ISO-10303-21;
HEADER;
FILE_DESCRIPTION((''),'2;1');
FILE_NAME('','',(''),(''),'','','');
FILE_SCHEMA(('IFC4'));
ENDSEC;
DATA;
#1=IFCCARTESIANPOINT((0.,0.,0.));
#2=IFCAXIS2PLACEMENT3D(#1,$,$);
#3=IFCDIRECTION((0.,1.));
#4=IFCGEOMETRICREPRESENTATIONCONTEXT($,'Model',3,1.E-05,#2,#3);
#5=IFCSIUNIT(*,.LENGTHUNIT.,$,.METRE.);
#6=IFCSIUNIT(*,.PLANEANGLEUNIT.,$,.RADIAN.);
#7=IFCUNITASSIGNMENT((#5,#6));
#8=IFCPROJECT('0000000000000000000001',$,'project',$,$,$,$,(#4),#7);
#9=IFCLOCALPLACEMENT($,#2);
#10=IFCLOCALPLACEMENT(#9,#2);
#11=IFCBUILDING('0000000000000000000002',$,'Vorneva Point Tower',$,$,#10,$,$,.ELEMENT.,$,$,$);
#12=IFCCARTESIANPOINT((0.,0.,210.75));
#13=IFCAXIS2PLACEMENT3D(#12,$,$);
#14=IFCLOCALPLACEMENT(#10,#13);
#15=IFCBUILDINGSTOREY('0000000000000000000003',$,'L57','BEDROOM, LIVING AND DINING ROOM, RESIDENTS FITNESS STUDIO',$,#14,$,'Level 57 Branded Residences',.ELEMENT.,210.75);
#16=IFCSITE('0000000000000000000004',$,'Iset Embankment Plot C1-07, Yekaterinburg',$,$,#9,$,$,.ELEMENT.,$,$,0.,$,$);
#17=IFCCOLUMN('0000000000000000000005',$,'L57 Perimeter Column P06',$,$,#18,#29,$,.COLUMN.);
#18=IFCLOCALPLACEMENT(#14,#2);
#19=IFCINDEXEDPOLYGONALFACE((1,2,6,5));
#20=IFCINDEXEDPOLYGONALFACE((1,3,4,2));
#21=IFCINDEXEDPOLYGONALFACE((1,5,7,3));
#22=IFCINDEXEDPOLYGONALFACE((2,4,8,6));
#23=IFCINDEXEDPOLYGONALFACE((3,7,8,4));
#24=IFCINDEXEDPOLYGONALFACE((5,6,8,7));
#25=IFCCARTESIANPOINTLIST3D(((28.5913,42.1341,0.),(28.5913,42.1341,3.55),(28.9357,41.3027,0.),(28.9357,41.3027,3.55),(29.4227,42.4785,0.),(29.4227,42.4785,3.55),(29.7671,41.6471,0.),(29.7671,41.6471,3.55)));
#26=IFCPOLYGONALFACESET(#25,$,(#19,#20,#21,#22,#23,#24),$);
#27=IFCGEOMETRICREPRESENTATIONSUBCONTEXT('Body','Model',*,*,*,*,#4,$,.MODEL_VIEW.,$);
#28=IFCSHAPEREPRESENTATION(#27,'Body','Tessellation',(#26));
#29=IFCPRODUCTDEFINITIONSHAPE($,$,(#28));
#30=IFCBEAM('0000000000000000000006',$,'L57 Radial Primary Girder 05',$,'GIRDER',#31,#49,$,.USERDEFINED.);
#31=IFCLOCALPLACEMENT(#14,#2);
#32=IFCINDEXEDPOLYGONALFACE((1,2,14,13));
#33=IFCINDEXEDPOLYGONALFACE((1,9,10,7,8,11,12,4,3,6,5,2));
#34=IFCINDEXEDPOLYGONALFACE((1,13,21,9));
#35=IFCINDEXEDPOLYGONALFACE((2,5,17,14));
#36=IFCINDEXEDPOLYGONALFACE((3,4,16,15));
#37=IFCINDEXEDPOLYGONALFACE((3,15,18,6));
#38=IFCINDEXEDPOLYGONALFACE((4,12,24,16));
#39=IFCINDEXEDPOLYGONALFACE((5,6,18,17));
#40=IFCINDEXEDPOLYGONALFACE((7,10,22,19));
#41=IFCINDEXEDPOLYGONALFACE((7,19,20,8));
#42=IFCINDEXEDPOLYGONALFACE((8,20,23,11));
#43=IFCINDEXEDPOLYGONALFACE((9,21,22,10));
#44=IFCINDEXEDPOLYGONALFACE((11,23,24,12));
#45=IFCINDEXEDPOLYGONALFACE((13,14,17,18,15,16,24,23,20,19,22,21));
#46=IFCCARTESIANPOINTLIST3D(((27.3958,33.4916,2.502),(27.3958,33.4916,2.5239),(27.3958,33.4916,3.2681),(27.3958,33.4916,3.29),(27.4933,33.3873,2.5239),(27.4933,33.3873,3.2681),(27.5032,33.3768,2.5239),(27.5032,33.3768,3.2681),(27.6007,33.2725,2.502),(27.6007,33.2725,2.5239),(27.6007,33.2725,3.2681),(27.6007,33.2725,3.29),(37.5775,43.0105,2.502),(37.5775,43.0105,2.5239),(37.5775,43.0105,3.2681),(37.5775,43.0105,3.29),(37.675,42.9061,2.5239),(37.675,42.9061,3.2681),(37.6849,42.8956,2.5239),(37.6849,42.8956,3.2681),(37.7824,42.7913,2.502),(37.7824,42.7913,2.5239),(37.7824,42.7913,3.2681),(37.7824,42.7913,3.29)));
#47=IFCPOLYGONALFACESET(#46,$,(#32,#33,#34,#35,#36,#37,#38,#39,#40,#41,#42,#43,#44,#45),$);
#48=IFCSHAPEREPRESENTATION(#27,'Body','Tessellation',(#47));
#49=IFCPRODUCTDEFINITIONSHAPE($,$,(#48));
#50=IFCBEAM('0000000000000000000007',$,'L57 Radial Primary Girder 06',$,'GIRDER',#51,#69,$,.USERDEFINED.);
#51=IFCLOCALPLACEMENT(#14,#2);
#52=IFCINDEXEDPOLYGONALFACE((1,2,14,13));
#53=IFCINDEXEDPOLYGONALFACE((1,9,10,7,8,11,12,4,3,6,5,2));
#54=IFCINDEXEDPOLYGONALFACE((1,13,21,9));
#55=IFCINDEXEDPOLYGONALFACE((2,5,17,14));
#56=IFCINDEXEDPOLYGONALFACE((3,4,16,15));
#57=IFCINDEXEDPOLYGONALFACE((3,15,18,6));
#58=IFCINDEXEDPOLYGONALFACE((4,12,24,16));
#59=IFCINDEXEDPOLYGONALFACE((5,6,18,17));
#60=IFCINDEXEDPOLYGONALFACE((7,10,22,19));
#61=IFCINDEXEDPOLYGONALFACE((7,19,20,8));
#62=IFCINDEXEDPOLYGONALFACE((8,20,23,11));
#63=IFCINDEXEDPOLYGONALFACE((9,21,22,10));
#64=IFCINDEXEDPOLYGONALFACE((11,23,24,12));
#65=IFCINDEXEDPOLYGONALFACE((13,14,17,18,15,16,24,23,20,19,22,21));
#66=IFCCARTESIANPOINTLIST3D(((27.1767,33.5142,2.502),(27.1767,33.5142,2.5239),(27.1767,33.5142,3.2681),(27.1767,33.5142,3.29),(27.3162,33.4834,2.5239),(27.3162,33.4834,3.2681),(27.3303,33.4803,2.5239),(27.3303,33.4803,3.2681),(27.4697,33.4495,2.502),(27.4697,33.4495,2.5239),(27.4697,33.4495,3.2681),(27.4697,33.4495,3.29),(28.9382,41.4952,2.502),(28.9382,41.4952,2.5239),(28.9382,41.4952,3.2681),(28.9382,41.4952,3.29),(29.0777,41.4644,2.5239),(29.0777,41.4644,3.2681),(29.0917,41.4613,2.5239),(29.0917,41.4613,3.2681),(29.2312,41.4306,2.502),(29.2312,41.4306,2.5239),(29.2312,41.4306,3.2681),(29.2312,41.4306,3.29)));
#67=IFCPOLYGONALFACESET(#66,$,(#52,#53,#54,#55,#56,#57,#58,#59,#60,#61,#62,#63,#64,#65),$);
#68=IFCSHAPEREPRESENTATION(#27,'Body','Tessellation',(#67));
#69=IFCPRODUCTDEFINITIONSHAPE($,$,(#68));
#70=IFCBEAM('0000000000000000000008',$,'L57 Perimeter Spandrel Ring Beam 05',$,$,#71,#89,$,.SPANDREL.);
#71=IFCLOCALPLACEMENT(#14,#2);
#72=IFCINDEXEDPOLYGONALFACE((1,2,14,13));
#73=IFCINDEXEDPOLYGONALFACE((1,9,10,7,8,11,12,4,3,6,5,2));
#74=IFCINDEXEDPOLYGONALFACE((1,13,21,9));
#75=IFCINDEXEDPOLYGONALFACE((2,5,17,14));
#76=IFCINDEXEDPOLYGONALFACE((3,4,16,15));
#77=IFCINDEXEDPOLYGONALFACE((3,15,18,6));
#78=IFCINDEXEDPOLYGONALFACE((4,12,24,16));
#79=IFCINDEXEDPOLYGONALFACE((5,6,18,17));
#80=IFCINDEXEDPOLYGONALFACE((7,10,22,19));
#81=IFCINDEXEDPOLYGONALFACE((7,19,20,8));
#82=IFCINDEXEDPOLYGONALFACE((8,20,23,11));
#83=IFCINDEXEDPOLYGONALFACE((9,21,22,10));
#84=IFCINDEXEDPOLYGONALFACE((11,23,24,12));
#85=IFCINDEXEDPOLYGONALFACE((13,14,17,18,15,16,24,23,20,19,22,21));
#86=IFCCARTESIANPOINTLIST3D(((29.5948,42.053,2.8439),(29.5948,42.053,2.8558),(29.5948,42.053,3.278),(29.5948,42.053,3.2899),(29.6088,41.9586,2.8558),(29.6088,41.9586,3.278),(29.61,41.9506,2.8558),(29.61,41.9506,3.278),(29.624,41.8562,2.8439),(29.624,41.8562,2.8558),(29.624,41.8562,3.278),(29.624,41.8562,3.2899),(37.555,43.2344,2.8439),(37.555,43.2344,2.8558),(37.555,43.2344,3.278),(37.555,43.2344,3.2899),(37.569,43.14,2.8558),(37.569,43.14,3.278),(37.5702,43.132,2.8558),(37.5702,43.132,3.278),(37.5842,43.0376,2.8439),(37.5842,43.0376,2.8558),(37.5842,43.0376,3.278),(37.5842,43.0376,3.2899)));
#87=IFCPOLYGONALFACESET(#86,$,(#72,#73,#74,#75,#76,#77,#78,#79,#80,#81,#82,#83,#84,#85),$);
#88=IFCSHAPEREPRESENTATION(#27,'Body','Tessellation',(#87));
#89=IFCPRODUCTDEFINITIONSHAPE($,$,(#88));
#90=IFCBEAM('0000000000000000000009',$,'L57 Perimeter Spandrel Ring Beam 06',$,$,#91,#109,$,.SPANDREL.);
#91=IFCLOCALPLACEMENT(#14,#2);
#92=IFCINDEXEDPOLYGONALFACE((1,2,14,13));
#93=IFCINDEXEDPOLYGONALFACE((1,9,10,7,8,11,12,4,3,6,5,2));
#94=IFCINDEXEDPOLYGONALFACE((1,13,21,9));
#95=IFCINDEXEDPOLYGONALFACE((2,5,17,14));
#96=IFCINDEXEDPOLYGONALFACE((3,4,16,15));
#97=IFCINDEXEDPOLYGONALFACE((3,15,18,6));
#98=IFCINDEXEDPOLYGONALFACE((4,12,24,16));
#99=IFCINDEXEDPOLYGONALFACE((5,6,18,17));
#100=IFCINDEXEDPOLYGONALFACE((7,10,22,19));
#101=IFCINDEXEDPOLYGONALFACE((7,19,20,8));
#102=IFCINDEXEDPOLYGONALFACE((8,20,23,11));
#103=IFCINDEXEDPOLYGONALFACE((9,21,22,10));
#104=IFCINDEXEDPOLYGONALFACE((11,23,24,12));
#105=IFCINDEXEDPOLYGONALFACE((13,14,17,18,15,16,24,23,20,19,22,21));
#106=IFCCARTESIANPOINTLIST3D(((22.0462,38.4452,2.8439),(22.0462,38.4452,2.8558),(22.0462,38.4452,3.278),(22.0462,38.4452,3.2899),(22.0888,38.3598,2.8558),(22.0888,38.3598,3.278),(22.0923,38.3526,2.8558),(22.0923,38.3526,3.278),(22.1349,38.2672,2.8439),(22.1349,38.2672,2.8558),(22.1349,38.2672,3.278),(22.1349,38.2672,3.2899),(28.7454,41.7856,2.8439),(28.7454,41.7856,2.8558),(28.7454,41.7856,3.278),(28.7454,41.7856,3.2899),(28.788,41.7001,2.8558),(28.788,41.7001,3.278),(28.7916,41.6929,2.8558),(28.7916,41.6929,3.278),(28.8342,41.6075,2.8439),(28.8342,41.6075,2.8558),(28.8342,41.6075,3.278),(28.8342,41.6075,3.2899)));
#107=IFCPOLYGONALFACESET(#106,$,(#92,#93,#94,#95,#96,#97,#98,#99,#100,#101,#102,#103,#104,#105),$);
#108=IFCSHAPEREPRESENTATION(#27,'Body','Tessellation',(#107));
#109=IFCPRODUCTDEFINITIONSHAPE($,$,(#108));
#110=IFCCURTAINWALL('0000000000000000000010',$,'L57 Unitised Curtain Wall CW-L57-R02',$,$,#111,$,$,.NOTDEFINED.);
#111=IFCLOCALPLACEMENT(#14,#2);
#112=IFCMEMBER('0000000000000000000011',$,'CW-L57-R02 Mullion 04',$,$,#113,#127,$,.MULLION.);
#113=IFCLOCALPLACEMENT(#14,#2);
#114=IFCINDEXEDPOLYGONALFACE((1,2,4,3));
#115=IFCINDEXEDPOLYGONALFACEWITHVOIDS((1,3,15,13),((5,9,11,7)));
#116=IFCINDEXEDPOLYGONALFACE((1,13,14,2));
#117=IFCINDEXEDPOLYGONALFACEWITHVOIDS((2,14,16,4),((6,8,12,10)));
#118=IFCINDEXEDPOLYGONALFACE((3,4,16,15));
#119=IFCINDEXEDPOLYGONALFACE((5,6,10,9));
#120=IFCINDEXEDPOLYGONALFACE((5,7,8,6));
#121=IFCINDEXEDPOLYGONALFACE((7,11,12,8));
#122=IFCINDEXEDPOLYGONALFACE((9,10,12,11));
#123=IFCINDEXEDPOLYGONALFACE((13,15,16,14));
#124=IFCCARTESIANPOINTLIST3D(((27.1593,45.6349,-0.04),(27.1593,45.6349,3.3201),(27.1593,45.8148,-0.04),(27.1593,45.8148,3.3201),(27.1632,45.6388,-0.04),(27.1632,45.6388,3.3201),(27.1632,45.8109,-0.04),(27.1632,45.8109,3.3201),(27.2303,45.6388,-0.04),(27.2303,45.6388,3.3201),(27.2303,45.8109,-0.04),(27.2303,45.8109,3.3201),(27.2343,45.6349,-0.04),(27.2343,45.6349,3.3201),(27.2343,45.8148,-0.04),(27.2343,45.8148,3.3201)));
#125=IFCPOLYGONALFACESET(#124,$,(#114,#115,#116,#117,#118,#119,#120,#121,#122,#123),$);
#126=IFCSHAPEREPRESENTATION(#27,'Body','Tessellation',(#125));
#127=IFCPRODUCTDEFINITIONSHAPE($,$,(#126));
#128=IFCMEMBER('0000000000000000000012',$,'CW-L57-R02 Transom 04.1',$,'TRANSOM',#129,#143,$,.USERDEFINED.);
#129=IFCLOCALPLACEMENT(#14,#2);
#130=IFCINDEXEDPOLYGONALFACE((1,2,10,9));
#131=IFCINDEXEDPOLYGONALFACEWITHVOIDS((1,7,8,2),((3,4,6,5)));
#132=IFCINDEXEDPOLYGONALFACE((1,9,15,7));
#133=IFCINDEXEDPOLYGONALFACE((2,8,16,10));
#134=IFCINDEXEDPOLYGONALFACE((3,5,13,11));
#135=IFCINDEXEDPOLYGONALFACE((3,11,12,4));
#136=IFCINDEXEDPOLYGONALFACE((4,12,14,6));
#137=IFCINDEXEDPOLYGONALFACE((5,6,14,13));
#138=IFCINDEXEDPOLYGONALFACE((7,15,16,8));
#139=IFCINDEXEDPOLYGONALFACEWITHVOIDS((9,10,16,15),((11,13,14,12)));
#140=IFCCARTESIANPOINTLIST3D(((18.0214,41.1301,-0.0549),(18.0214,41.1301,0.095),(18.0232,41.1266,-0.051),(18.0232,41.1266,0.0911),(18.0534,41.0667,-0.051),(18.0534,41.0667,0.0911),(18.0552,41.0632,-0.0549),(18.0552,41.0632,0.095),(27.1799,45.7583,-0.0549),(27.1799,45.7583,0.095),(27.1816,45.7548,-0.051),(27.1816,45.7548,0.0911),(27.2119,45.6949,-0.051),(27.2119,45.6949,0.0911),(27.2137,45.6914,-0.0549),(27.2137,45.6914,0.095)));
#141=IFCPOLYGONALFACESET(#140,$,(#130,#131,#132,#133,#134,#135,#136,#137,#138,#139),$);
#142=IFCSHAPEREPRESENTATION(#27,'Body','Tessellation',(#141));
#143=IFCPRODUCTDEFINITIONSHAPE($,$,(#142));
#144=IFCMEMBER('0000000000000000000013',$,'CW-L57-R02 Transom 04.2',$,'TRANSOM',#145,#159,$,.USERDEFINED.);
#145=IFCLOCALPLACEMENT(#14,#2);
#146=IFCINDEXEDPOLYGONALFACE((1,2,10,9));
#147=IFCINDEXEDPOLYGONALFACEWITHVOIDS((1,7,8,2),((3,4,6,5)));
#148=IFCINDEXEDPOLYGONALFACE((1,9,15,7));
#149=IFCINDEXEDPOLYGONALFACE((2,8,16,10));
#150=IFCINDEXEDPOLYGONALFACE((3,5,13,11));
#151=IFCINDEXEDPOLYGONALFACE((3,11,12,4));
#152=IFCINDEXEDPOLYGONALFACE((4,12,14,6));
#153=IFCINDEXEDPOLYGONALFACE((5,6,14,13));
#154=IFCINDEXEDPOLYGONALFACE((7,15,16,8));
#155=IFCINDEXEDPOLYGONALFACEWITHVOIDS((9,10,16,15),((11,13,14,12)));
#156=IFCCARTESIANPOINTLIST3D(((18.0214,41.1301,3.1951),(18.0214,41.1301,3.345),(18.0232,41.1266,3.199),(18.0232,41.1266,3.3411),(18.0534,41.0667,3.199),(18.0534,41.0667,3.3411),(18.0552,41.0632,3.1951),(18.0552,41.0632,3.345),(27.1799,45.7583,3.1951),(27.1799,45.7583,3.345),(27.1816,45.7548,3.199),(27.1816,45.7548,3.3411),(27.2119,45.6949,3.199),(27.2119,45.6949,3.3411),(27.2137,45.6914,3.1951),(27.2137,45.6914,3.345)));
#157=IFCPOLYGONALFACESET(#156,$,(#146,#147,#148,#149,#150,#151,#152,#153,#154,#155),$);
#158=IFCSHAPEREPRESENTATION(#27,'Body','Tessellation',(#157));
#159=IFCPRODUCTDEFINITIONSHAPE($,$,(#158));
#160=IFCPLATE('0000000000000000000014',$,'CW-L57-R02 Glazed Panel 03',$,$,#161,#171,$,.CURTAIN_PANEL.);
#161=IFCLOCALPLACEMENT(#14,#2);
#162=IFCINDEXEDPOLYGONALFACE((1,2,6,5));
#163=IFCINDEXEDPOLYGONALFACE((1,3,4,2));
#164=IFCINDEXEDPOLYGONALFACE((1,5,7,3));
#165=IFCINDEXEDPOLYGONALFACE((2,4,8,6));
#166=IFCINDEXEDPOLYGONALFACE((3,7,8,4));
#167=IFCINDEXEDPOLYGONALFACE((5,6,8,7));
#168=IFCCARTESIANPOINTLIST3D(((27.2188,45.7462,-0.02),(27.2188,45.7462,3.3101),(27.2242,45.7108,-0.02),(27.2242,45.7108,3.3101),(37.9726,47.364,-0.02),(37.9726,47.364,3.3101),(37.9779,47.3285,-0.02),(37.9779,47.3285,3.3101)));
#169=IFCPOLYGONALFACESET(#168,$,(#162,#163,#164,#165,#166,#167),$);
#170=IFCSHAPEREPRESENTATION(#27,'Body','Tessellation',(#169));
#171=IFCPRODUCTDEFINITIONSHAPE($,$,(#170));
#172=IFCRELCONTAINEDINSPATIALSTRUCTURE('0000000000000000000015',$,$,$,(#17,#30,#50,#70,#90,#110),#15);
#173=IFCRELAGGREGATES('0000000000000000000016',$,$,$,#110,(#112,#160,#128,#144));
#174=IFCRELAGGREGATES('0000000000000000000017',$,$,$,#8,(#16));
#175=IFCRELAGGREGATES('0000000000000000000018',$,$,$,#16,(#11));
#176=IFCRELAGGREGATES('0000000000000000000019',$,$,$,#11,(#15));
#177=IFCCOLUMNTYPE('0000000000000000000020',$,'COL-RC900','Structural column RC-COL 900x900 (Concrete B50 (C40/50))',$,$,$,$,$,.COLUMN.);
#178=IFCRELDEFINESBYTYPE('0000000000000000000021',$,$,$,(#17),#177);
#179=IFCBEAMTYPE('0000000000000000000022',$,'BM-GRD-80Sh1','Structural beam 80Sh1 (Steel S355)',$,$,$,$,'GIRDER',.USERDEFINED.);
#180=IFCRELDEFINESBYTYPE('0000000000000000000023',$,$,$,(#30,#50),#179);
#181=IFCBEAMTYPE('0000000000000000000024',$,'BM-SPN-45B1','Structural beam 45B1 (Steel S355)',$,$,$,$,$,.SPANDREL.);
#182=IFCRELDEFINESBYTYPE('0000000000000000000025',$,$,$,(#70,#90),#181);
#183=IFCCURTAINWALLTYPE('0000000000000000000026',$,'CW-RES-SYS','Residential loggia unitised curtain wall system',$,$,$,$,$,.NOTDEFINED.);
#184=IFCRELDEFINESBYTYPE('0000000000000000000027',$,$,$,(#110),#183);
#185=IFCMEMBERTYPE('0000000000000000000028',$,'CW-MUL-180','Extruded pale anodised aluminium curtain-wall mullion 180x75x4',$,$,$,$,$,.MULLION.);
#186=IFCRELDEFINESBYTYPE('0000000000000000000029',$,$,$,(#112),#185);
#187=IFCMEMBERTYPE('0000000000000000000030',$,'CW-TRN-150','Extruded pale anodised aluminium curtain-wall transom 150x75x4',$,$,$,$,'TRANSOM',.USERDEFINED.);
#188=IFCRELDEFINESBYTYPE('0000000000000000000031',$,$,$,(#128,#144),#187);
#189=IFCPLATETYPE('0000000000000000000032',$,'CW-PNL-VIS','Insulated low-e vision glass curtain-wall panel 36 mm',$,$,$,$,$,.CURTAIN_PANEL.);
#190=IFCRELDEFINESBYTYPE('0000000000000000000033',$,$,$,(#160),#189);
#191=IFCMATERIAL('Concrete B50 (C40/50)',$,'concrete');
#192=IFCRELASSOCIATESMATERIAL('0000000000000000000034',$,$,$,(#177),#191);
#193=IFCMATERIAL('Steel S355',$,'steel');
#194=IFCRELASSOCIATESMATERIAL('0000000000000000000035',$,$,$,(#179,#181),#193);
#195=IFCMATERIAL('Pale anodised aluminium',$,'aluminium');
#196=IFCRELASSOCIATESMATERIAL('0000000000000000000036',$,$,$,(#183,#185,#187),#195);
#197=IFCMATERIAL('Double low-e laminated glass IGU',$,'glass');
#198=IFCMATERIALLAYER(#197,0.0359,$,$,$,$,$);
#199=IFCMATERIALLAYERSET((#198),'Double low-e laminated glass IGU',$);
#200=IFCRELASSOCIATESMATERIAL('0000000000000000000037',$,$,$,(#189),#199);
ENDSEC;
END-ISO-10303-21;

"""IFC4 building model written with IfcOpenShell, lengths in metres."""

from ifc_helpers import new_model, si_unit, direction, frame, origin, origin_2d, place, context, subcontext, project, spatial, rectangle, hollow_rectangle, i_section, extrude, material, layer, layer_set, material_profile, profile_set, type_object, element, aggregate, save


model = new_model("IFC4")

# Units and contexts
model_context = context("Model", 3, precision=1e-05, world=origin(), true_north=direction((0.0, 1.0)))
body_context = subcontext(model_context, "Body", "Model", "MODEL_VIEW")
ifc_project = project(units=[si_unit("LENGTHUNIT", "METRE"), si_unit("PLANEANGLEUNIT", "RADIAN")], contexts=[model_context])

# Site, building, storey
site_placement = place(None, origin())
site = spatial("IfcSite", under=ifc_project, at=site_placement, Name="Iset Embankment Plot C1-07, Yekaterinburg", CompositionType="ELEMENT", RefElevation=0.0)
building_placement = place(site_placement, origin())
building = spatial("IfcBuilding", under=site, at=building_placement, Name="Vorneva Point Tower", CompositionType="ELEMENT")
storey_placement = place(building_placement, frame((0.0, 0.0, 210.75)))
storey = spatial("IfcBuildingStorey", under=building, at=storey_placement, Name="L57", Description="BEDROOM, LIVING AND DINING ROOM, RESIDENTS FITNESS STUDIO", LongName="Level 57 Branded Residences", CompositionType="ELEMENT", Elevation=210.75)

# Column
ifc_material_1 = material(Name="Concrete B50 (C40/50)", Category="concrete")
ifc_material_profile_1 = material_profile(ifc_material_1, rectangle(XDim=0.8999, YDim=0.8999, at=origin_2d()), Name="RC-COL 900x900")
ifc_profile_set_1 = profile_set([ifc_material_profile_1], Name="Concrete B50 (C40/50)")
column_type = type_object("IfcColumnType", Name="COL-RC900", Description="Structural column RC-COL 900x900 (Concrete B50 (C40/50))", PredefinedType="COLUMN", material=ifc_profile_set_1)
column_placement = place(storey_placement, frame((29.1792, 41.8906, 0.0), z_axis=(0.0, 0.0, 1.0), x_axis=(-0.382683, 0.92388, 0.0)))
element("IfcColumn", 1, at=column_placement, inside=storey, type_object=column_type, Name="L57 Perimeter Column P06", PredefinedType="COLUMN", context=body_context, shape_type="SweptSolid", body=[
    extrude(rectangle(XDim=0.8999, YDim=0.8999, at=origin_2d()), origin(), (0.0, 0.0, 1.0), 3.55),
])

# Beams
ifc_material_2 = material(Name="Steel S355", Category="steel")
ifc_material_profile_2 = material_profile(ifc_material_2, i_section(OverallWidth=0.3, OverallDepth=0.7881, WebThickness=0.0144, FlangeThickness=0.022, at=origin_2d()), Name="80Sh1")
ifc_profile_set_2 = profile_set([ifc_material_profile_2], Name="Steel S355")
beam_type_1 = type_object("IfcBeamType", Name="BM-GRD-80Sh1", Description="Structural beam 80Sh1 (Steel S355)", ElementType="GIRDER", PredefinedType="USERDEFINED", material=ifc_profile_set_2)
beam_1_placement = place(storey_placement, frame((37.6799, 42.9009, 2.896), z_axis=(-0.730485, -0.682929, 0.0), x_axis=(0.682929, -0.730485, 0.0)))
element("IfcBeam", 2, at=beam_1_placement, inside=storey, type_object=beam_type_1, Name="L57 Radial Primary Girder 05", ObjectType="GIRDER", PredefinedType="USERDEFINED", context=body_context, shape_type="SweptSolid", body=[
    extrude(i_section(OverallWidth=0.3, OverallDepth=0.7881, WebThickness=0.0144, FlangeThickness=0.022, at=origin_2d()), origin(), (0.0, 0.0, 1.0), 13.9382),
])
beam_2_placement = place(storey_placement, frame((29.0847, 41.4629, 2.896), z_axis=(-0.215523, -0.976499, 0.0), x_axis=(0.976499, -0.215523, 0.0)))
element("IfcBeam", 3, at=beam_2_placement, inside=storey, type_object=beam_type_1, Name="L57 Radial Primary Girder 06", ObjectType="GIRDER", PredefinedType="USERDEFINED", context=body_context, shape_type="SweptSolid", body=[
    extrude(i_section(OverallWidth=0.3, OverallDepth=0.7881, WebThickness=0.0144, FlangeThickness=0.022, at=origin_2d()), origin(), (0.0, 0.0, 1.0), 8.1731),
])
ifc_material_profile_3 = material_profile(ifc_material_2, i_section(OverallWidth=0.199, OverallDepth=0.446, WebThickness=0.0081, FlangeThickness=0.012, at=origin_2d()), Name="45B1")
ifc_profile_set_3 = profile_set([ifc_material_profile_3], Name="Steel S355")
beam_type_2 = type_object("IfcBeamType", Name="BM-SPN-45B1", Description="Structural beam 45B1 (Steel S355)", PredefinedType="SPANDREL", material=ifc_profile_set_3)
beam_3_placement = place(storey_placement, frame((37.5696, 43.136, 3.0669), z_axis=(-0.989165, -0.146805, 0.0), x_axis=(0.146805, -0.989165, 0.0)))
element("IfcBeam", 4, at=beam_3_placement, inside=storey, type_object=beam_type_2, Name="L57 Perimeter Spandrel Ring Beam 05", PredefinedType="SPANDREL", context=body_context, shape_type="SweptSolid", body=[
    extrude(i_section(OverallWidth=0.199, OverallDepth=0.446, WebThickness=0.0081, FlangeThickness=0.012, at=origin_2d()), origin(), (0.0, 0.0, 1.0), 8.0474),
])
beam_4_placement = place(storey_placement, frame((28.7898, 41.6965, 3.0669), z_axis=(-0.894922, -0.446222, 0.0), x_axis=(0.446222, -0.894922, 0.0)))
element("IfcBeam", 5, at=beam_4_placement, inside=storey, type_object=beam_type_2, Name="L57 Perimeter Spandrel Ring Beam 06", PredefinedType="SPANDREL", context=body_context, shape_type="SweptSolid", body=[
    extrude(i_section(OverallWidth=0.199, OverallDepth=0.446, WebThickness=0.0081, FlangeThickness=0.012, at=origin_2d()), origin(), (0.0, 0.0, 1.0), 7.4858),
])

# Curtain wall, members, plate
ifc_material_3 = material(Name="Pale anodised aluminium", Category="aluminium")
curtain_wall_type = type_object("IfcCurtainWallType", Name="CW-RES-SYS", Description="Residential loggia unitised curtain wall system", PredefinedType="NOTDEFINED", material=ifc_material_3)
curtain_wall_placement = place(storey_placement, origin())
curtain_wall = element("IfcCurtainWall", 6, at=curtain_wall_placement, inside=storey, type_object=curtain_wall_type, Name="L57 Unitised Curtain Wall CW-L57-R02", PredefinedType="NOTDEFINED")
ifc_material_profile_4 = material_profile(ifc_material_3, hollow_rectangle(XDim=0.075, YDim=0.1799, WallThickness=0.0039, at=origin_2d()), Name="AL-MUL 180x75x4")
ifc_profile_set_4 = profile_set([ifc_material_profile_4], Name="Pale anodised aluminium")
member_type_1 = type_object("IfcMemberType", Name="CW-MUL-180", Description="Extruded pale anodised aluminium curtain-wall mullion 180x75x4", PredefinedType="MULLION", material=ifc_profile_set_4)
member_1_placement = place(storey_placement, frame((27.1968, 45.7249, -0.04), z_axis=(0.0, 0.0, 1.0), x_axis=(1.0, 0.0, 0.0)))
member_1 = element("IfcMember", 7, at=member_1_placement, type_object=member_type_1, Name="CW-L57-R02 Mullion 04", PredefinedType="MULLION", context=body_context, shape_type="SweptSolid", body=[
    extrude(hollow_rectangle(XDim=0.075, YDim=0.1799, WallThickness=0.0039, at=origin_2d()), origin(), (0.0, 0.0, 1.0), 3.3601),
])
ifc_material_profile_5 = material_profile(ifc_material_3, hollow_rectangle(XDim=0.075, YDim=0.1499, WallThickness=0.0039, at=origin_2d()), Name="AL-TRN 150x75x4")
ifc_profile_set_5 = profile_set([ifc_material_profile_5], Name="Pale anodised aluminium")
member_type_2 = type_object("IfcMemberType", Name="CW-TRN-150", Description="Extruded pale anodised aluminium curtain-wall transom 150x75x4", ElementType="TRANSOM", PredefinedType="USERDEFINED", material=ifc_profile_set_5)
member_2_placement = place(storey_placement, frame((27.1968, 45.7249, 0.02), z_axis=(-0.892511, -0.451026, 0.0), x_axis=(0.451026, -0.892511, 0.0)))
member_2 = element("IfcMember", 8, at=member_2_placement, type_object=member_type_2, Name="CW-L57-R02 Transom 04.1", ObjectType="TRANSOM", PredefinedType="USERDEFINED", context=body_context, shape_type="SweptSolid", body=[
    extrude(hollow_rectangle(XDim=0.075, YDim=0.1499, WallThickness=0.0039, at=origin_2d()), origin(), (0.0, 0.0, 1.0), 10.2615),
])
member_3_placement = place(storey_placement, frame((27.1968, 45.7249, 3.27), z_axis=(-0.892511, -0.451026, 0.0), x_axis=(0.451026, -0.892511, 0.0)))
member_3 = element("IfcMember", 9, at=member_3_placement, type_object=member_type_2, Name="CW-L57-R02 Transom 04.2", ObjectType="TRANSOM", PredefinedType="USERDEFINED", context=body_context, shape_type="SweptSolid", body=[
    extrude(hollow_rectangle(XDim=0.075, YDim=0.1499, WallThickness=0.0039, at=origin_2d()), origin(), (0.0, 0.0, 1.0), 10.2615),
])
ifc_material_4 = material(Name="Double low-e laminated glass IGU", Category="glass")
ifc_layer_1 = layer(ifc_material_4, 0.0359)
ifc_layer_set_1 = layer_set([ifc_layer_1], Name="Double low-e laminated glass IGU")
plate_type = type_object("IfcPlateType", Name="CW-PNL-VIS", Description="Insulated low-e vision glass curtain-wall panel 36 mm", PredefinedType="CURTAIN_PANEL", material=ifc_layer_set_1)
plate_placement = place(storey_placement, frame((32.5984, 46.5374, -0.02), z_axis=(0.0, 0.0, 1.0), x_axis=(-0.988874, -0.148759, 0.0)))
plate = element("IfcPlate", 10, at=plate_placement, type_object=plate_type, Name="CW-L57-R02 Glazed Panel 03", PredefinedType="CURTAIN_PANEL", context=body_context, shape_type="SweptSolid", body=[
    extrude(rectangle(XDim=10.8748, YDim=0.0359, at=origin_2d()), origin(), (0.0, 0.0, 1.0), 3.3301),
])
aggregate(curtain_wall, [member_1, plate, member_2, member_3])

save(model, "model.ifc")
